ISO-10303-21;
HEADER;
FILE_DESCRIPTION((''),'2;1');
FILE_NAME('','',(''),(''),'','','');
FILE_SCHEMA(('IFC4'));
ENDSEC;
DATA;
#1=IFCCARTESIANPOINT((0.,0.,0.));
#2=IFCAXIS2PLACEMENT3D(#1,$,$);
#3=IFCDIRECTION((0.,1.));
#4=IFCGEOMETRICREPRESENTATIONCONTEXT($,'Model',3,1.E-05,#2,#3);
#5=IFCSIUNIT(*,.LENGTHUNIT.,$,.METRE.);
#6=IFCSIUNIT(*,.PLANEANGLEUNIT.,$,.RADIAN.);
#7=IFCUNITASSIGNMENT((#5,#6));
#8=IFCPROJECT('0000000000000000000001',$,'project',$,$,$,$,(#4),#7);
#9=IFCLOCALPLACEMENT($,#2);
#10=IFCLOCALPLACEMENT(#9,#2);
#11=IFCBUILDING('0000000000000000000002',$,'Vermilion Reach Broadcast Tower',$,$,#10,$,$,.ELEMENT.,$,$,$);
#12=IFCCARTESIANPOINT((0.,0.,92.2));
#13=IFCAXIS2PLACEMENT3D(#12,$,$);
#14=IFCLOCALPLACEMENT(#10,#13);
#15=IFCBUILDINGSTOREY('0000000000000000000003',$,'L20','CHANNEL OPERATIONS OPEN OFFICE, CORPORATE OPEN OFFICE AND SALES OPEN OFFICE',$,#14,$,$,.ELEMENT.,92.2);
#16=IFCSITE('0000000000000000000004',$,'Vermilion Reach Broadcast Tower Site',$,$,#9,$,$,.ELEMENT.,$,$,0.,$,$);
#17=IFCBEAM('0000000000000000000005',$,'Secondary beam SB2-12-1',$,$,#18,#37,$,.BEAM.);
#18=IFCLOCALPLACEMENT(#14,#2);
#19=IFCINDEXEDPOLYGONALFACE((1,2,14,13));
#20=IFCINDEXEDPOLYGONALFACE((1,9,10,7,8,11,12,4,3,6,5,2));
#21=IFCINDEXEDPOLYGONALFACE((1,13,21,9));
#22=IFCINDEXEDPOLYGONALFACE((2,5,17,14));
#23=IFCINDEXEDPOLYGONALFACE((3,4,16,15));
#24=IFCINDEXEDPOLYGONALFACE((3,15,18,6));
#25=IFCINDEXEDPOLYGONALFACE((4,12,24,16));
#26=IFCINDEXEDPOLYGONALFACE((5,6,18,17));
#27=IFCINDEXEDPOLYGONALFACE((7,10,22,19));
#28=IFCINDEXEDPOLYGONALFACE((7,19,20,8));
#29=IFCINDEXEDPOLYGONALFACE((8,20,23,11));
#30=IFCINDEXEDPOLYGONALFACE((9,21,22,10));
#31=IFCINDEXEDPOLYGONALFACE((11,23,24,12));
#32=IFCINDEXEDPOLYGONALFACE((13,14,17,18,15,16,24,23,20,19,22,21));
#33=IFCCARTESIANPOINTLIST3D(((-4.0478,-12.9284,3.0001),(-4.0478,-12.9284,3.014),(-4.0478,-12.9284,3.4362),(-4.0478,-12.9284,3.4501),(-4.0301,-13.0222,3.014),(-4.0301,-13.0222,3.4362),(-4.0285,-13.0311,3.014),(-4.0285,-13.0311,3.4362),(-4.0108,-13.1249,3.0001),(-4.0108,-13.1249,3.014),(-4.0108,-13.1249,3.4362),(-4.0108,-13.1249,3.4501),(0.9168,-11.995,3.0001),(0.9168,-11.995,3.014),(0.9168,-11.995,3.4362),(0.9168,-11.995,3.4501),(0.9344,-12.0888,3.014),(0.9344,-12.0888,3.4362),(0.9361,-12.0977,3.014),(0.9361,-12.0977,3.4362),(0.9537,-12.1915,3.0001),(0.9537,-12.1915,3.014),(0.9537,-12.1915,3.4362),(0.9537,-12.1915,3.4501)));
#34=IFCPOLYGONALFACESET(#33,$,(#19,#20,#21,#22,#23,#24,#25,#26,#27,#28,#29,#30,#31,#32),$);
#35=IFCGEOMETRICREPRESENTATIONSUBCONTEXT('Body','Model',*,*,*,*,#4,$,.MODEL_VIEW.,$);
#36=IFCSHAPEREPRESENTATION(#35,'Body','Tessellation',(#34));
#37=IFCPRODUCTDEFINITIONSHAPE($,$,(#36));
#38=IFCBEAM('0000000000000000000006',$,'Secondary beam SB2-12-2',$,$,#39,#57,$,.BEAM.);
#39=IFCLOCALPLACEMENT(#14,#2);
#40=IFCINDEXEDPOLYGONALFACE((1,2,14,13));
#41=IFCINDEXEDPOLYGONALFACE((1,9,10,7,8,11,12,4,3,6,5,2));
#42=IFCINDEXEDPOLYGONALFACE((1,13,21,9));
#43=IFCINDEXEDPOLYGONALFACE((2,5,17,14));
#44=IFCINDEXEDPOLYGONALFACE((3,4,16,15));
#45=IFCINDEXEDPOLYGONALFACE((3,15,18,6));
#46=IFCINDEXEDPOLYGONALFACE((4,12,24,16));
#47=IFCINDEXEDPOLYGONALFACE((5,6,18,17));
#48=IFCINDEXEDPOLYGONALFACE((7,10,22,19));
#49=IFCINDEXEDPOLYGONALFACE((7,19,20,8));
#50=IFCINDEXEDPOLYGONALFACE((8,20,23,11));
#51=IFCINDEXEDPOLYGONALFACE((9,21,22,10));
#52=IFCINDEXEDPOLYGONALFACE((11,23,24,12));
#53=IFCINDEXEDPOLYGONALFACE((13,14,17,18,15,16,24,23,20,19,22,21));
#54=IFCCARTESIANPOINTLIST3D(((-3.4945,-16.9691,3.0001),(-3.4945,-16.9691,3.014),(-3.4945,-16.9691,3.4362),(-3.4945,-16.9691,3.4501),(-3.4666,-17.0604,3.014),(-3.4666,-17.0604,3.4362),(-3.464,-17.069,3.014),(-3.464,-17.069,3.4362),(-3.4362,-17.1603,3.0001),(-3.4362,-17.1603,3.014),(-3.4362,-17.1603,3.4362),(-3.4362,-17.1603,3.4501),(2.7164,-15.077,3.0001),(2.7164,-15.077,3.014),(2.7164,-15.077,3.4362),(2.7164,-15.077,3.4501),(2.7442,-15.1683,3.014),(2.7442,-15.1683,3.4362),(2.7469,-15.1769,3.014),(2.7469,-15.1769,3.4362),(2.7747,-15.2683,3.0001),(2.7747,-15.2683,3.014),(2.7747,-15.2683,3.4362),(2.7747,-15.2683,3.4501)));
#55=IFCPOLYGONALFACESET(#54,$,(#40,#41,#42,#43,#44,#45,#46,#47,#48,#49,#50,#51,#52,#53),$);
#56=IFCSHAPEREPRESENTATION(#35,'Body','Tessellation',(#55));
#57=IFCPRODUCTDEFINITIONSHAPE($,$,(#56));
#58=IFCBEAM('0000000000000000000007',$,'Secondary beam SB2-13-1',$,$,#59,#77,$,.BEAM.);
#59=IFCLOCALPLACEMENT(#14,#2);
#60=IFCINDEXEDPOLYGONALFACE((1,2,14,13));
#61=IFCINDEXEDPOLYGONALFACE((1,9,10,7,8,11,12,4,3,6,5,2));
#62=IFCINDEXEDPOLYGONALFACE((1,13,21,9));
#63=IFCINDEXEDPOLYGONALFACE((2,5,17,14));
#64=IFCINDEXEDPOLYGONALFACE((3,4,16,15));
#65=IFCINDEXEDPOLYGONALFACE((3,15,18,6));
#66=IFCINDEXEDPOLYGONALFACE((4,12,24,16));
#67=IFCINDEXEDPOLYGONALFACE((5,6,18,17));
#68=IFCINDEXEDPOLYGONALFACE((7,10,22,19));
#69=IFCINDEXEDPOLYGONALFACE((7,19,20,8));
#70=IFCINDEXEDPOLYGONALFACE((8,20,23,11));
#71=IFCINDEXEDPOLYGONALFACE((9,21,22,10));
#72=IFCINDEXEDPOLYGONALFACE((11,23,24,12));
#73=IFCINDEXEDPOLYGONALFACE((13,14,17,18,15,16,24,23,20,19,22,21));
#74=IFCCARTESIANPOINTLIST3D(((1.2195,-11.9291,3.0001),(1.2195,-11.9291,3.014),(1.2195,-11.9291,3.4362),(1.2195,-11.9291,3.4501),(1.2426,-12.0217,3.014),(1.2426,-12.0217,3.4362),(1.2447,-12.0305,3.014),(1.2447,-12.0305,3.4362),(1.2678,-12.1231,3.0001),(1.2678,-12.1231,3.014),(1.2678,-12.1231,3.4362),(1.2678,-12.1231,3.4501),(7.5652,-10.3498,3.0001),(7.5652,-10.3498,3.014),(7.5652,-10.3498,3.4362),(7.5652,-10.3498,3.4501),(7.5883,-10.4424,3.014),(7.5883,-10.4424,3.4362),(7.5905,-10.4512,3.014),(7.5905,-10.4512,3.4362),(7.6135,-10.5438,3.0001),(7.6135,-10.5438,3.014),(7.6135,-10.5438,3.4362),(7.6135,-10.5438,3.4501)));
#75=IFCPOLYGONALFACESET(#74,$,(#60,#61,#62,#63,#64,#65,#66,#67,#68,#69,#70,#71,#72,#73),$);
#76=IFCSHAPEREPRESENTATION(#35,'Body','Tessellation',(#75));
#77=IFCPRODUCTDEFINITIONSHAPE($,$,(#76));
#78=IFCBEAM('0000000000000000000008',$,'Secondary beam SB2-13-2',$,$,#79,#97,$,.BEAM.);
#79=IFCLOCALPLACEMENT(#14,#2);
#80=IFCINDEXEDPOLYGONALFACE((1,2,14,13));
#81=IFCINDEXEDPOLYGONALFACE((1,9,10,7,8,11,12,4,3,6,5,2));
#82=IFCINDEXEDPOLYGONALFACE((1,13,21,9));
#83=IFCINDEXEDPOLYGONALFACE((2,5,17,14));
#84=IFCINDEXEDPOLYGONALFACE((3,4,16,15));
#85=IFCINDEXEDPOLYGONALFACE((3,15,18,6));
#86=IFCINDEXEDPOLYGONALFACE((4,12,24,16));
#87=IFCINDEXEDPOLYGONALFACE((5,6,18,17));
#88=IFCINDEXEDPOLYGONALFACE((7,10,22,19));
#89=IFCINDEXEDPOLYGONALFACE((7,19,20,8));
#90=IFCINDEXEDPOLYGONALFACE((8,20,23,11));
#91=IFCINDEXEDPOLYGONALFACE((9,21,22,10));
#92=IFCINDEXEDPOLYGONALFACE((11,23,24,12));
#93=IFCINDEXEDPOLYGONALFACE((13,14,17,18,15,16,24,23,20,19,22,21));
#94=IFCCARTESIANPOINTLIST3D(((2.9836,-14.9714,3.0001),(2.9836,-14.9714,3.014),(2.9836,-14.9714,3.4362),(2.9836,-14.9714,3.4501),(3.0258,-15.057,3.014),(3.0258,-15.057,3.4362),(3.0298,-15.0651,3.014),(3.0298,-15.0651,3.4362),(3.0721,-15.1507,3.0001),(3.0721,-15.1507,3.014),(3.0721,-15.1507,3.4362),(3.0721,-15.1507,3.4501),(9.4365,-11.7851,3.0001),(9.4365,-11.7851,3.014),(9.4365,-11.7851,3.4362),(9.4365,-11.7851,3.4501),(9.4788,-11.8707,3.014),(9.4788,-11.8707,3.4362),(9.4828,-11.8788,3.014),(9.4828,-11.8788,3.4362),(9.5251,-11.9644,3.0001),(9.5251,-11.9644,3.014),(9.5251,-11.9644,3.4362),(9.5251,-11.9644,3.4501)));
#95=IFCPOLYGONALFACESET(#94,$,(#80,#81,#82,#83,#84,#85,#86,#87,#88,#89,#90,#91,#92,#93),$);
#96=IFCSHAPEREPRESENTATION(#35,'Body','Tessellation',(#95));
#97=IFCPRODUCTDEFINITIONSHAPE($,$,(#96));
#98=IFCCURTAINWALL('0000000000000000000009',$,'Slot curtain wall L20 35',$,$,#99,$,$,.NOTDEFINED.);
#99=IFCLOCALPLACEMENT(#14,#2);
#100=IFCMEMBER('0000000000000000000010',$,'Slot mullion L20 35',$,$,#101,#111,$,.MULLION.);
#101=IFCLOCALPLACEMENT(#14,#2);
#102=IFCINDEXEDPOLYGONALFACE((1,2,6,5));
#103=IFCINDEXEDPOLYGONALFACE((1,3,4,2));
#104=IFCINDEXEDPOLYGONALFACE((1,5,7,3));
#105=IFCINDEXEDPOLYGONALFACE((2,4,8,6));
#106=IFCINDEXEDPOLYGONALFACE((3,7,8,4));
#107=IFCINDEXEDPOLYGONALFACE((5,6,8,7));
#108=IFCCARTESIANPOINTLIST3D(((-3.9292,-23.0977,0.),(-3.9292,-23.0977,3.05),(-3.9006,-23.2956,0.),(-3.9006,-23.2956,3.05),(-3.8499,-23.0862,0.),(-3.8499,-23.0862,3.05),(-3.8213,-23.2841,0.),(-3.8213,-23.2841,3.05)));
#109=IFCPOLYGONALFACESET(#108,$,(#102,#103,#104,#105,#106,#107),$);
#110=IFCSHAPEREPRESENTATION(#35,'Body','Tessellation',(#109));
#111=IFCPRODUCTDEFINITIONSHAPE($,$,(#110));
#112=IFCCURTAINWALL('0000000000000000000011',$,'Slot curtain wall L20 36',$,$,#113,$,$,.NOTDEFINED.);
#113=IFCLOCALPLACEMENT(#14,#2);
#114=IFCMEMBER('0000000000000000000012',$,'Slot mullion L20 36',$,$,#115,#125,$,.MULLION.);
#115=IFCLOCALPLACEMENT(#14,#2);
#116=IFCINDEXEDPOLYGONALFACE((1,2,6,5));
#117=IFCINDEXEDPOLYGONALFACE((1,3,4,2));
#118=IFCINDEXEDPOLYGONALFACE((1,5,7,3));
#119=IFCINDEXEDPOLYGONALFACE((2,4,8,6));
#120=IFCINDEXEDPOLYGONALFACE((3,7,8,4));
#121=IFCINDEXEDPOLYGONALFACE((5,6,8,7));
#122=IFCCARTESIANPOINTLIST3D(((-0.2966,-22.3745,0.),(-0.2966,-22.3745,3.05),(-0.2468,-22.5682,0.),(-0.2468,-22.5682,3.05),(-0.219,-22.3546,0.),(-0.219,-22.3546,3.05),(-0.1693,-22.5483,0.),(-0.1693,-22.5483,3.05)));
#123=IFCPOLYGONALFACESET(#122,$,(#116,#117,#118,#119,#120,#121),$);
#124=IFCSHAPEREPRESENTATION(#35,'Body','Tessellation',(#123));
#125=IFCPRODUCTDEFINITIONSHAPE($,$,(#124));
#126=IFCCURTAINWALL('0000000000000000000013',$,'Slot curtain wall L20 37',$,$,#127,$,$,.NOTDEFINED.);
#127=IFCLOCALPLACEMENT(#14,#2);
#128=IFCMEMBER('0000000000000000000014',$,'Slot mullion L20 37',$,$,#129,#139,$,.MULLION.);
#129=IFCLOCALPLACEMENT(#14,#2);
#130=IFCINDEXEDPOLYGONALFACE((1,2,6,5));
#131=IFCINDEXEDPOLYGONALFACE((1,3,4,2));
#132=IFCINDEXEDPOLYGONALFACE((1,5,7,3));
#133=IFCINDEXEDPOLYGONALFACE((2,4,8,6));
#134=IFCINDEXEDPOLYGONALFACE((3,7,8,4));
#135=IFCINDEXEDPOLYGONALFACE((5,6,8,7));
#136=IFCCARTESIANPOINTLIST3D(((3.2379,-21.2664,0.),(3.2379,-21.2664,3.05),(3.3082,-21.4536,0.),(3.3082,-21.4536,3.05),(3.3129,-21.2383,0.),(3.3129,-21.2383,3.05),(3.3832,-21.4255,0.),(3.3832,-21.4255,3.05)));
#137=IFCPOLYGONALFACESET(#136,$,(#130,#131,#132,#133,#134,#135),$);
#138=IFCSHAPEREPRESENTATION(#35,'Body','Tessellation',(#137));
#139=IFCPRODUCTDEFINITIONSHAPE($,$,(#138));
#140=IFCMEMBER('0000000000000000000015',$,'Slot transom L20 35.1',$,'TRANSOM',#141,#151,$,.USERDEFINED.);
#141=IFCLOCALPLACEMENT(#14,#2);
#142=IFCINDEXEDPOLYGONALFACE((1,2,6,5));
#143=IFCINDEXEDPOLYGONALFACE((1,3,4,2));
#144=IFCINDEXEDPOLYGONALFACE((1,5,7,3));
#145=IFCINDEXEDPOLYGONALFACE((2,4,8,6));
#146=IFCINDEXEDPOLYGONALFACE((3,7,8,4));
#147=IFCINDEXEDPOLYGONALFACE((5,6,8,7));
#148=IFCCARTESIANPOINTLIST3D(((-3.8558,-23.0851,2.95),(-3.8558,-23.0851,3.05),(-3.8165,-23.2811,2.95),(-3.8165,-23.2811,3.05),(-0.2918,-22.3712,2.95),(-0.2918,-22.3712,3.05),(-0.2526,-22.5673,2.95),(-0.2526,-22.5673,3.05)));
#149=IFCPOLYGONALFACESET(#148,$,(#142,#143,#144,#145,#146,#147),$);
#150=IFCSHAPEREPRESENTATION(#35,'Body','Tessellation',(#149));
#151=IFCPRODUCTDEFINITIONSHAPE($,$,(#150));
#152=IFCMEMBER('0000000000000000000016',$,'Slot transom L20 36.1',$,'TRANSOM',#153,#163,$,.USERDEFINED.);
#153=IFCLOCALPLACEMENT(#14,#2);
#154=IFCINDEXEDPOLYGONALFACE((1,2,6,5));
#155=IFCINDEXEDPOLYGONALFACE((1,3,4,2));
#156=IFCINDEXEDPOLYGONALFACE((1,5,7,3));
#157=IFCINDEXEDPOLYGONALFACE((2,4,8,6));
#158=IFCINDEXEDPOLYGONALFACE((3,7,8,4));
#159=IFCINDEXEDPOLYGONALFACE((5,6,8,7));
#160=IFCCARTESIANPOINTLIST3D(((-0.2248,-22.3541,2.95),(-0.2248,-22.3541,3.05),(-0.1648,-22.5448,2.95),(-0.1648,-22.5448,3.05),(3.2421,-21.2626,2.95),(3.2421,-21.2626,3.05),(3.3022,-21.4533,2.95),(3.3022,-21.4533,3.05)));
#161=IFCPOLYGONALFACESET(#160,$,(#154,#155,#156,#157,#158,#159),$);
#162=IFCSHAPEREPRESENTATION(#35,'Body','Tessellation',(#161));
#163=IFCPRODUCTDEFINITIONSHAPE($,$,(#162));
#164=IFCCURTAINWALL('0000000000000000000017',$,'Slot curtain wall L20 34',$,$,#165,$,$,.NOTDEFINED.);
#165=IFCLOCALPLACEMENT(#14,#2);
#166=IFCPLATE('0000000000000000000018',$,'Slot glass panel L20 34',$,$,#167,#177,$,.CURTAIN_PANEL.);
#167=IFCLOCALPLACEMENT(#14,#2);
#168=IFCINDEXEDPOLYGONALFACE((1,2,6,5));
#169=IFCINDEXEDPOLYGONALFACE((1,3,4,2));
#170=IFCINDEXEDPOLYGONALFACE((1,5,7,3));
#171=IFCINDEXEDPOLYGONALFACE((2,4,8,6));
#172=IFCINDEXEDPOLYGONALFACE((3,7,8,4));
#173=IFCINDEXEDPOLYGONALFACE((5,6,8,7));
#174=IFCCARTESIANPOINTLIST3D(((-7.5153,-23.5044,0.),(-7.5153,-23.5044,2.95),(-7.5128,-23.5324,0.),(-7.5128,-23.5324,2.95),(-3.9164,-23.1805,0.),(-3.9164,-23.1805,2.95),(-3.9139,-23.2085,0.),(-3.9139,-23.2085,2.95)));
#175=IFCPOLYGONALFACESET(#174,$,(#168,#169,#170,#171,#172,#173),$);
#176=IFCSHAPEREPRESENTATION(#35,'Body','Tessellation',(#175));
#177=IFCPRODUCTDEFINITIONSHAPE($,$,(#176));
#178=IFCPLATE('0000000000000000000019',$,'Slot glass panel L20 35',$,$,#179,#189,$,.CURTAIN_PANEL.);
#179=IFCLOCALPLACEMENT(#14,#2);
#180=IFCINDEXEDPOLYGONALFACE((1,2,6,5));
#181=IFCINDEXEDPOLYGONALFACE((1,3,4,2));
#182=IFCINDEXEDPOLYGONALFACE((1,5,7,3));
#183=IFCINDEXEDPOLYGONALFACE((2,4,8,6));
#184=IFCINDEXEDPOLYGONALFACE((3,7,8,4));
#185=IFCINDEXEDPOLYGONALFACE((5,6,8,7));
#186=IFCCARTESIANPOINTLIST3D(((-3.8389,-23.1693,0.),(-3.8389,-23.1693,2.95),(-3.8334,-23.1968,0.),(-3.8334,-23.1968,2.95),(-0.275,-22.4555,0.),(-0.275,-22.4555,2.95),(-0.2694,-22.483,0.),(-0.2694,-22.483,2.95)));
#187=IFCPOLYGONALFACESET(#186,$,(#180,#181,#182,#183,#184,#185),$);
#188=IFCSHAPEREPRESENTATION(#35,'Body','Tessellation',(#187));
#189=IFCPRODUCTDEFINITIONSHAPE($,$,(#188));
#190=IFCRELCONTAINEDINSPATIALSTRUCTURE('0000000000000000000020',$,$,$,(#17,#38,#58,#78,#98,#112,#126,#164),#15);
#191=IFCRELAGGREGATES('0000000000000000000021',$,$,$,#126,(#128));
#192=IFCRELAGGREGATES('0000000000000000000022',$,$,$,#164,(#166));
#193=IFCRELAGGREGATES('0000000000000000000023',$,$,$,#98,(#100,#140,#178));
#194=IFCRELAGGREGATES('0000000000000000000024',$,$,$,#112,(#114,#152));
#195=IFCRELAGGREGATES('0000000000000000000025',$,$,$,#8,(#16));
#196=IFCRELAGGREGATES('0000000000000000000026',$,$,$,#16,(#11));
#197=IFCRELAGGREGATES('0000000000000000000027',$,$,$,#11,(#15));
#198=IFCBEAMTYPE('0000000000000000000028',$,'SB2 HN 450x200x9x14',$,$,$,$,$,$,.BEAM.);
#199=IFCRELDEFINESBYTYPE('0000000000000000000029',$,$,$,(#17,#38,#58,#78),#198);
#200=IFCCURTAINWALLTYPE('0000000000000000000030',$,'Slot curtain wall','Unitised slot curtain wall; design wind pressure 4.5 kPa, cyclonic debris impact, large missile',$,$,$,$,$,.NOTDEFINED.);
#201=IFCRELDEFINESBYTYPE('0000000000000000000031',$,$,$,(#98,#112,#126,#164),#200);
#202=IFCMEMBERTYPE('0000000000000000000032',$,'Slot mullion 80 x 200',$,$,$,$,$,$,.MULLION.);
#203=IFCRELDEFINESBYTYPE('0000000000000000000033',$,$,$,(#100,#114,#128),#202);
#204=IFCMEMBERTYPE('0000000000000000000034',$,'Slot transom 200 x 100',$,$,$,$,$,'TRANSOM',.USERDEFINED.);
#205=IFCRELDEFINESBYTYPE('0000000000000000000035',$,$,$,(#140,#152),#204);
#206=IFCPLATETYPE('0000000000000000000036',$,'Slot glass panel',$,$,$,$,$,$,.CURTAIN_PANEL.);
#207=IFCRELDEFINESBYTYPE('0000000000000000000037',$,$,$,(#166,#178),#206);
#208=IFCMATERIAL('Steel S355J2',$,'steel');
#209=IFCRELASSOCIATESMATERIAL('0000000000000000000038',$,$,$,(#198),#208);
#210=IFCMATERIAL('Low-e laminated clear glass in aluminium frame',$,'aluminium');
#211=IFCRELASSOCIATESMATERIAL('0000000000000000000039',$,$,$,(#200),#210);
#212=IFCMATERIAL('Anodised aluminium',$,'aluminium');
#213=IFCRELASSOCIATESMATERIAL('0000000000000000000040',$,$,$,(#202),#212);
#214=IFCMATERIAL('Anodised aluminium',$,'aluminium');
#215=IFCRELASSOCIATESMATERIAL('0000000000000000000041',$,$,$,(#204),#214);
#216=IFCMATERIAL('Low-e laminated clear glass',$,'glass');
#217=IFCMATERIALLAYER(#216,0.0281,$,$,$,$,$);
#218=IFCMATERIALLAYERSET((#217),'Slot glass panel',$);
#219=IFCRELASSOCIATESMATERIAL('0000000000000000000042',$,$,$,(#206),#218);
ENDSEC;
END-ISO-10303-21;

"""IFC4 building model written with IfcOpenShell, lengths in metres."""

from ifc_helpers import new_model, si_unit, direction, frame, origin, origin_2d, place, context, subcontext, project, spatial, rectangle, i_section, extrude, material, layer, layer_set, material_profile, profile_set, type_object, element, aggregate, save


model = new_model("IFC4")

# Units and contexts
model_context = context("Model", 3, precision=1e-05, world=origin(), true_north=direction((0.0, 1.0)))
body_context = subcontext(model_context, "Body", "Model", "MODEL_VIEW")
ifc_project = project(units=[si_unit("LENGTHUNIT", "METRE"), si_unit("PLANEANGLEUNIT", "RADIAN")], contexts=[model_context])

# Site, building, storey
site_placement = place(None, origin())
site = spatial("IfcSite", under=ifc_project, at=site_placement, Name="Vermilion Reach Broadcast Tower Site", CompositionType="ELEMENT", RefElevation=0.0)
building_placement = place(site_placement, origin())
building = spatial("IfcBuilding", under=site, at=building_placement, Name="Vermilion Reach Broadcast Tower", CompositionType="ELEMENT")
storey_placement = place(building_placement, frame((0.0, 0.0, 92.2)))
storey = spatial("IfcBuildingStorey", under=building, at=storey_placement, Name="L20", Description="CHANNEL OPERATIONS OPEN OFFICE, CORPORATE OPEN OFFICE AND SALES OPEN OFFICE", CompositionType="ELEMENT", Elevation=92.2)

# Beams
ifc_material_1 = material(Name="Steel S355J2", Category="steel")
ifc_material_profile_1 = material_profile(ifc_material_1, i_section(OverallWidth=0.2, OverallDepth=0.45, WebThickness=0.009, FlangeThickness=0.0139, at=origin_2d()), Name="S355J2 HN 450x200x9x14")
ifc_profile_set_1 = profile_set([ifc_material_profile_1], Name="Steel S355J2")
beam_type_1 = type_object("IfcBeamType", Name="SB2 HN 450x200x9x14", PredefinedType="BEAM", material=ifc_profile_set_1)
beam_1_placement = place(storey_placement, frame((-4.0293, -13.0266, 3.2251), z_axis=(0.982783, 0.184764, 0.0), x_axis=(-0.184764, 0.982783, 0.0)))
element("IfcBeam", 1, at=beam_1_placement, inside=storey, type_object=beam_type_1, Name="Secondary beam SB2-12-1", PredefinedType="BEAM", context=body_context, shape_type="SweptSolid", body=[
    extrude(i_section(OverallWidth=0.2, OverallDepth=0.45, WebThickness=0.009, FlangeThickness=0.0139, at=origin_2d()), origin(), (0.0, 0.0, 1.0), 5.0515),
])
beam_2_placement = place(storey_placement, frame((-3.4653, -17.0647, 3.2251), z_axis=(0.956596, 0.291416, 0.0), x_axis=(-0.291416, 0.956596, 0.0)))
element("IfcBeam", 2, at=beam_2_placement, inside=storey, type_object=beam_type_1, Name="Secondary beam SB2-12-2", PredefinedType="BEAM", context=body_context, shape_type="SweptSolid", body=[
    extrude(i_section(OverallWidth=0.2, OverallDepth=0.45, WebThickness=0.009, FlangeThickness=0.0139, at=origin_2d()), origin(), (0.0, 0.0, 1.0), 6.4927),
])
beam_3_placement = place(storey_placement, frame((1.2437, -12.0261, 3.2251), z_axis=(0.970397, 0.241516, 0.0), x_axis=(-0.241516, 0.970397, 0.0)))
element("IfcBeam", 3, at=beam_3_placement, inside=storey, type_object=beam_type_1, Name="Secondary beam SB2-13-1", PredefinedType="BEAM", context=body_context, shape_type="SweptSolid", body=[
    extrude(i_section(OverallWidth=0.2, OverallDepth=0.45, WebThickness=0.009, FlangeThickness=0.0139, at=origin_2d()), origin(), (0.0, 0.0, 1.0), 6.5393),
])
beam_4_placement = place(storey_placement, frame((3.0278, -15.061, 3.2251), z_axis=(0.896648, 0.442744, 0.0), x_axis=(-0.442744, 0.896648, 0.0)))
element("IfcBeam", 4, at=beam_4_placement, inside=storey, type_object=beam_type_1, Name="Secondary beam SB2-13-2", PredefinedType="BEAM", context=body_context, shape_type="SweptSolid", body=[
    extrude(i_section(OverallWidth=0.2, OverallDepth=0.45, WebThickness=0.009, FlangeThickness=0.0139, at=origin_2d()), origin(), (0.0, 0.0, 1.0), 7.1968),
])

# Curtain walls, members
ifc_material_2 = material(Name="Low-e laminated clear glass in aluminium frame", Category="aluminium")
curtain_wall_type = type_object("IfcCurtainWallType", Name="Slot curtain wall", Description="Unitised slot curtain wall; design wind pressure 4.5 kPa, cyclonic debris impact, large missile", PredefinedType="NOTDEFINED", material=ifc_material_2)
placement = place(storey_placement, origin())
curtain_wall_1 = element("IfcCurtainWall", 5, at=placement, inside=storey, type_object=curtain_wall_type, Name="Slot curtain wall L20 35", PredefinedType="NOTDEFINED")
ifc_material_3 = material(Name="Anodised aluminium", Category="aluminium")
ifc_material_profile_2 = material_profile(ifc_material_3, rectangle(XDim=0.2, YDim=0.0801, at=origin_2d()), Name="Slot mullion 80 x 200")
ifc_profile_set_2 = profile_set([ifc_material_profile_2], Name="Anodised aluminium")
member_type_1 = type_object("IfcMemberType", Name="Slot mullion 80 x 200", PredefinedType="MULLION", material=ifc_profile_set_2)
member_1_placement = place(storey_placement, frame((-3.8752, -23.1909, 0.0), z_axis=(0.0, 0.0, 1.0), x_axis=(-0.143217, 0.989691, 0.0)))
member_1 = element("IfcMember", 6, at=member_1_placement, type_object=member_type_1, Name="Slot mullion L20 35", PredefinedType="MULLION", context=body_context, shape_type="SweptSolid", body=[
    extrude(rectangle(XDim=0.2, YDim=0.0801, at=origin_2d()), origin(), (0.0, 0.0, 1.0), 3.05),
])
curtain_wall_2 = element("IfcCurtainWall", 7, at=placement, inside=storey, type_object=curtain_wall_type, Name="Slot curtain wall L20 36", PredefinedType="NOTDEFINED")
member_2_placement = place(storey_placement, frame((-0.2329, -22.4614, 0.0), z_axis=(0.0, 0.0, 1.0), x_axis=(-0.24869, 0.968583, 0.0)))
member_2 = element("IfcMember", 8, at=member_2_placement, type_object=member_type_1, Name="Slot mullion L20 36", PredefinedType="MULLION", context=body_context, shape_type="SweptSolid", body=[
    extrude(rectangle(XDim=0.2, YDim=0.0801, at=origin_2d()), origin(), (0.0, 0.0, 1.0), 3.05),
])
curtain_wall_3 = element("IfcCurtainWall", 9, at=placement, inside=storey, type_object=curtain_wall_type, Name="Slot curtain wall L20 37", PredefinedType="NOTDEFINED")
member_3_placement = place(storey_placement, frame((3.3105, -21.3459, 0.0), z_axis=(0.0, 0.0, 1.0), x_axis=(-0.351285, 0.936269, 0.0)))
member_3 = element("IfcMember", 10, at=member_3_placement, type_object=member_type_1, Name="Slot mullion L20 37", PredefinedType="MULLION", context=body_context, shape_type="SweptSolid", body=[
    extrude(rectangle(XDim=0.2, YDim=0.0801, at=origin_2d()), origin(), (0.0, 0.0, 1.0), 3.05),
])
aggregate(curtain_wall_3, [member_3])

# Members
ifc_material_4 = material(Name="Anodised aluminium", Category="aluminium")
ifc_material_profile_3 = material_profile(ifc_material_4, rectangle(XDim=0.2, YDim=0.1001, at=origin_2d()), Name="Slot transom 200 x 100")
ifc_profile_set_3 = profile_set([ifc_material_profile_3], Name="Anodised aluminium")
member_type_2 = type_object("IfcMemberType", Name="Slot transom 200 x 100", ElementType="TRANSOM", PredefinedType="USERDEFINED", material=ifc_profile_set_3)
member_4_placement = place(storey_placement, frame((-3.8362, -23.1831, 3.0), z_axis=(0.980524, 0.1964, 0.0), x_axis=(-0.1964, 0.980524, 0.0)))
member_4 = element("IfcMember", 11, at=member_4_placement, type_object=member_type_2, Name="Slot transom L20 35.1", ObjectType="TRANSOM", PredefinedType="USERDEFINED", context=body_context, shape_type="SweptSolid", body=[
    extrude(rectangle(XDim=0.2, YDim=0.1001, at=origin_2d()), origin(), (0.0, 0.0, 1.0), 3.6348),
])
member_5_placement = place(storey_placement, frame((-0.1948, -22.4495, 3.0), z_axis=(0.953843, 0.300305, 0.0), x_axis=(-0.300305, 0.953843, 0.0)))
member_5 = element("IfcMember", 12, at=member_5_placement, type_object=member_type_2, Name="Slot transom L20 36.1", ObjectType="TRANSOM", PredefinedType="USERDEFINED", context=body_context, shape_type="SweptSolid", body=[
    extrude(rectangle(XDim=0.2, YDim=0.1001, at=origin_2d()), origin(), (0.0, 0.0, 1.0), 3.6348),
])

# Curtain wall, plate
curtain_wall_4 = element("IfcCurtainWall", 13, at=placement, inside=storey, type_object=curtain_wall_type, Name="Slot curtain wall L20 34", PredefinedType="NOTDEFINED")
ifc_material_5 = material(Name="Low-e laminated clear glass", Category="glass")
ifc_layer_1 = layer(ifc_material_5, 0.0281)
ifc_layer_set_1 = layer_set([ifc_layer_1], Name="Slot glass panel")
plate_type = type_object("IfcPlateType", Name="Slot glass panel", PredefinedType="CURTAIN_PANEL", material=ifc_layer_set_1)
plate_1_placement = place(storey_placement, frame((-5.7146, -23.3564, 0.0), z_axis=(0.0, 0.0, 1.0), x_axis=(0.995975, 0.089632, 0.0)))
plate_1 = element("IfcPlate", 14, at=plate_1_placement, type_object=plate_type, Name="Slot glass panel L20 34", PredefinedType="CURTAIN_PANEL", context=body_context, shape_type="SweptSolid", body=[
    extrude(rectangle(XDim=3.6135, YDim=0.0281, at=origin_2d()), origin(), (0.0, 0.0, 1.0), 2.95),
])
aggregate(curtain_wall_4, [plate_1])

# Plate
plate_2_placement = place(storey_placement, frame((-2.0542, -22.8262, 0.0), z_axis=(0.0, 0.0, 1.0), x_axis=(0.980527, 0.196385, 0.0)))
plate_2 = element("IfcPlate", 15, at=plate_2_placement, type_object=plate_type, Name="Slot glass panel L20 35", PredefinedType="CURTAIN_PANEL", context=body_context, shape_type="SweptSolid", body=[
    extrude(rectangle(XDim=3.6348, YDim=0.0281, at=origin_2d()), origin(), (0.0, 0.0, 1.0), 2.95),
])
aggregate(curtain_wall_1, [member_1, member_4, plate_2])
aggregate(curtain_wall_2, [member_2, member_5])

save(model, "model.ifc")
